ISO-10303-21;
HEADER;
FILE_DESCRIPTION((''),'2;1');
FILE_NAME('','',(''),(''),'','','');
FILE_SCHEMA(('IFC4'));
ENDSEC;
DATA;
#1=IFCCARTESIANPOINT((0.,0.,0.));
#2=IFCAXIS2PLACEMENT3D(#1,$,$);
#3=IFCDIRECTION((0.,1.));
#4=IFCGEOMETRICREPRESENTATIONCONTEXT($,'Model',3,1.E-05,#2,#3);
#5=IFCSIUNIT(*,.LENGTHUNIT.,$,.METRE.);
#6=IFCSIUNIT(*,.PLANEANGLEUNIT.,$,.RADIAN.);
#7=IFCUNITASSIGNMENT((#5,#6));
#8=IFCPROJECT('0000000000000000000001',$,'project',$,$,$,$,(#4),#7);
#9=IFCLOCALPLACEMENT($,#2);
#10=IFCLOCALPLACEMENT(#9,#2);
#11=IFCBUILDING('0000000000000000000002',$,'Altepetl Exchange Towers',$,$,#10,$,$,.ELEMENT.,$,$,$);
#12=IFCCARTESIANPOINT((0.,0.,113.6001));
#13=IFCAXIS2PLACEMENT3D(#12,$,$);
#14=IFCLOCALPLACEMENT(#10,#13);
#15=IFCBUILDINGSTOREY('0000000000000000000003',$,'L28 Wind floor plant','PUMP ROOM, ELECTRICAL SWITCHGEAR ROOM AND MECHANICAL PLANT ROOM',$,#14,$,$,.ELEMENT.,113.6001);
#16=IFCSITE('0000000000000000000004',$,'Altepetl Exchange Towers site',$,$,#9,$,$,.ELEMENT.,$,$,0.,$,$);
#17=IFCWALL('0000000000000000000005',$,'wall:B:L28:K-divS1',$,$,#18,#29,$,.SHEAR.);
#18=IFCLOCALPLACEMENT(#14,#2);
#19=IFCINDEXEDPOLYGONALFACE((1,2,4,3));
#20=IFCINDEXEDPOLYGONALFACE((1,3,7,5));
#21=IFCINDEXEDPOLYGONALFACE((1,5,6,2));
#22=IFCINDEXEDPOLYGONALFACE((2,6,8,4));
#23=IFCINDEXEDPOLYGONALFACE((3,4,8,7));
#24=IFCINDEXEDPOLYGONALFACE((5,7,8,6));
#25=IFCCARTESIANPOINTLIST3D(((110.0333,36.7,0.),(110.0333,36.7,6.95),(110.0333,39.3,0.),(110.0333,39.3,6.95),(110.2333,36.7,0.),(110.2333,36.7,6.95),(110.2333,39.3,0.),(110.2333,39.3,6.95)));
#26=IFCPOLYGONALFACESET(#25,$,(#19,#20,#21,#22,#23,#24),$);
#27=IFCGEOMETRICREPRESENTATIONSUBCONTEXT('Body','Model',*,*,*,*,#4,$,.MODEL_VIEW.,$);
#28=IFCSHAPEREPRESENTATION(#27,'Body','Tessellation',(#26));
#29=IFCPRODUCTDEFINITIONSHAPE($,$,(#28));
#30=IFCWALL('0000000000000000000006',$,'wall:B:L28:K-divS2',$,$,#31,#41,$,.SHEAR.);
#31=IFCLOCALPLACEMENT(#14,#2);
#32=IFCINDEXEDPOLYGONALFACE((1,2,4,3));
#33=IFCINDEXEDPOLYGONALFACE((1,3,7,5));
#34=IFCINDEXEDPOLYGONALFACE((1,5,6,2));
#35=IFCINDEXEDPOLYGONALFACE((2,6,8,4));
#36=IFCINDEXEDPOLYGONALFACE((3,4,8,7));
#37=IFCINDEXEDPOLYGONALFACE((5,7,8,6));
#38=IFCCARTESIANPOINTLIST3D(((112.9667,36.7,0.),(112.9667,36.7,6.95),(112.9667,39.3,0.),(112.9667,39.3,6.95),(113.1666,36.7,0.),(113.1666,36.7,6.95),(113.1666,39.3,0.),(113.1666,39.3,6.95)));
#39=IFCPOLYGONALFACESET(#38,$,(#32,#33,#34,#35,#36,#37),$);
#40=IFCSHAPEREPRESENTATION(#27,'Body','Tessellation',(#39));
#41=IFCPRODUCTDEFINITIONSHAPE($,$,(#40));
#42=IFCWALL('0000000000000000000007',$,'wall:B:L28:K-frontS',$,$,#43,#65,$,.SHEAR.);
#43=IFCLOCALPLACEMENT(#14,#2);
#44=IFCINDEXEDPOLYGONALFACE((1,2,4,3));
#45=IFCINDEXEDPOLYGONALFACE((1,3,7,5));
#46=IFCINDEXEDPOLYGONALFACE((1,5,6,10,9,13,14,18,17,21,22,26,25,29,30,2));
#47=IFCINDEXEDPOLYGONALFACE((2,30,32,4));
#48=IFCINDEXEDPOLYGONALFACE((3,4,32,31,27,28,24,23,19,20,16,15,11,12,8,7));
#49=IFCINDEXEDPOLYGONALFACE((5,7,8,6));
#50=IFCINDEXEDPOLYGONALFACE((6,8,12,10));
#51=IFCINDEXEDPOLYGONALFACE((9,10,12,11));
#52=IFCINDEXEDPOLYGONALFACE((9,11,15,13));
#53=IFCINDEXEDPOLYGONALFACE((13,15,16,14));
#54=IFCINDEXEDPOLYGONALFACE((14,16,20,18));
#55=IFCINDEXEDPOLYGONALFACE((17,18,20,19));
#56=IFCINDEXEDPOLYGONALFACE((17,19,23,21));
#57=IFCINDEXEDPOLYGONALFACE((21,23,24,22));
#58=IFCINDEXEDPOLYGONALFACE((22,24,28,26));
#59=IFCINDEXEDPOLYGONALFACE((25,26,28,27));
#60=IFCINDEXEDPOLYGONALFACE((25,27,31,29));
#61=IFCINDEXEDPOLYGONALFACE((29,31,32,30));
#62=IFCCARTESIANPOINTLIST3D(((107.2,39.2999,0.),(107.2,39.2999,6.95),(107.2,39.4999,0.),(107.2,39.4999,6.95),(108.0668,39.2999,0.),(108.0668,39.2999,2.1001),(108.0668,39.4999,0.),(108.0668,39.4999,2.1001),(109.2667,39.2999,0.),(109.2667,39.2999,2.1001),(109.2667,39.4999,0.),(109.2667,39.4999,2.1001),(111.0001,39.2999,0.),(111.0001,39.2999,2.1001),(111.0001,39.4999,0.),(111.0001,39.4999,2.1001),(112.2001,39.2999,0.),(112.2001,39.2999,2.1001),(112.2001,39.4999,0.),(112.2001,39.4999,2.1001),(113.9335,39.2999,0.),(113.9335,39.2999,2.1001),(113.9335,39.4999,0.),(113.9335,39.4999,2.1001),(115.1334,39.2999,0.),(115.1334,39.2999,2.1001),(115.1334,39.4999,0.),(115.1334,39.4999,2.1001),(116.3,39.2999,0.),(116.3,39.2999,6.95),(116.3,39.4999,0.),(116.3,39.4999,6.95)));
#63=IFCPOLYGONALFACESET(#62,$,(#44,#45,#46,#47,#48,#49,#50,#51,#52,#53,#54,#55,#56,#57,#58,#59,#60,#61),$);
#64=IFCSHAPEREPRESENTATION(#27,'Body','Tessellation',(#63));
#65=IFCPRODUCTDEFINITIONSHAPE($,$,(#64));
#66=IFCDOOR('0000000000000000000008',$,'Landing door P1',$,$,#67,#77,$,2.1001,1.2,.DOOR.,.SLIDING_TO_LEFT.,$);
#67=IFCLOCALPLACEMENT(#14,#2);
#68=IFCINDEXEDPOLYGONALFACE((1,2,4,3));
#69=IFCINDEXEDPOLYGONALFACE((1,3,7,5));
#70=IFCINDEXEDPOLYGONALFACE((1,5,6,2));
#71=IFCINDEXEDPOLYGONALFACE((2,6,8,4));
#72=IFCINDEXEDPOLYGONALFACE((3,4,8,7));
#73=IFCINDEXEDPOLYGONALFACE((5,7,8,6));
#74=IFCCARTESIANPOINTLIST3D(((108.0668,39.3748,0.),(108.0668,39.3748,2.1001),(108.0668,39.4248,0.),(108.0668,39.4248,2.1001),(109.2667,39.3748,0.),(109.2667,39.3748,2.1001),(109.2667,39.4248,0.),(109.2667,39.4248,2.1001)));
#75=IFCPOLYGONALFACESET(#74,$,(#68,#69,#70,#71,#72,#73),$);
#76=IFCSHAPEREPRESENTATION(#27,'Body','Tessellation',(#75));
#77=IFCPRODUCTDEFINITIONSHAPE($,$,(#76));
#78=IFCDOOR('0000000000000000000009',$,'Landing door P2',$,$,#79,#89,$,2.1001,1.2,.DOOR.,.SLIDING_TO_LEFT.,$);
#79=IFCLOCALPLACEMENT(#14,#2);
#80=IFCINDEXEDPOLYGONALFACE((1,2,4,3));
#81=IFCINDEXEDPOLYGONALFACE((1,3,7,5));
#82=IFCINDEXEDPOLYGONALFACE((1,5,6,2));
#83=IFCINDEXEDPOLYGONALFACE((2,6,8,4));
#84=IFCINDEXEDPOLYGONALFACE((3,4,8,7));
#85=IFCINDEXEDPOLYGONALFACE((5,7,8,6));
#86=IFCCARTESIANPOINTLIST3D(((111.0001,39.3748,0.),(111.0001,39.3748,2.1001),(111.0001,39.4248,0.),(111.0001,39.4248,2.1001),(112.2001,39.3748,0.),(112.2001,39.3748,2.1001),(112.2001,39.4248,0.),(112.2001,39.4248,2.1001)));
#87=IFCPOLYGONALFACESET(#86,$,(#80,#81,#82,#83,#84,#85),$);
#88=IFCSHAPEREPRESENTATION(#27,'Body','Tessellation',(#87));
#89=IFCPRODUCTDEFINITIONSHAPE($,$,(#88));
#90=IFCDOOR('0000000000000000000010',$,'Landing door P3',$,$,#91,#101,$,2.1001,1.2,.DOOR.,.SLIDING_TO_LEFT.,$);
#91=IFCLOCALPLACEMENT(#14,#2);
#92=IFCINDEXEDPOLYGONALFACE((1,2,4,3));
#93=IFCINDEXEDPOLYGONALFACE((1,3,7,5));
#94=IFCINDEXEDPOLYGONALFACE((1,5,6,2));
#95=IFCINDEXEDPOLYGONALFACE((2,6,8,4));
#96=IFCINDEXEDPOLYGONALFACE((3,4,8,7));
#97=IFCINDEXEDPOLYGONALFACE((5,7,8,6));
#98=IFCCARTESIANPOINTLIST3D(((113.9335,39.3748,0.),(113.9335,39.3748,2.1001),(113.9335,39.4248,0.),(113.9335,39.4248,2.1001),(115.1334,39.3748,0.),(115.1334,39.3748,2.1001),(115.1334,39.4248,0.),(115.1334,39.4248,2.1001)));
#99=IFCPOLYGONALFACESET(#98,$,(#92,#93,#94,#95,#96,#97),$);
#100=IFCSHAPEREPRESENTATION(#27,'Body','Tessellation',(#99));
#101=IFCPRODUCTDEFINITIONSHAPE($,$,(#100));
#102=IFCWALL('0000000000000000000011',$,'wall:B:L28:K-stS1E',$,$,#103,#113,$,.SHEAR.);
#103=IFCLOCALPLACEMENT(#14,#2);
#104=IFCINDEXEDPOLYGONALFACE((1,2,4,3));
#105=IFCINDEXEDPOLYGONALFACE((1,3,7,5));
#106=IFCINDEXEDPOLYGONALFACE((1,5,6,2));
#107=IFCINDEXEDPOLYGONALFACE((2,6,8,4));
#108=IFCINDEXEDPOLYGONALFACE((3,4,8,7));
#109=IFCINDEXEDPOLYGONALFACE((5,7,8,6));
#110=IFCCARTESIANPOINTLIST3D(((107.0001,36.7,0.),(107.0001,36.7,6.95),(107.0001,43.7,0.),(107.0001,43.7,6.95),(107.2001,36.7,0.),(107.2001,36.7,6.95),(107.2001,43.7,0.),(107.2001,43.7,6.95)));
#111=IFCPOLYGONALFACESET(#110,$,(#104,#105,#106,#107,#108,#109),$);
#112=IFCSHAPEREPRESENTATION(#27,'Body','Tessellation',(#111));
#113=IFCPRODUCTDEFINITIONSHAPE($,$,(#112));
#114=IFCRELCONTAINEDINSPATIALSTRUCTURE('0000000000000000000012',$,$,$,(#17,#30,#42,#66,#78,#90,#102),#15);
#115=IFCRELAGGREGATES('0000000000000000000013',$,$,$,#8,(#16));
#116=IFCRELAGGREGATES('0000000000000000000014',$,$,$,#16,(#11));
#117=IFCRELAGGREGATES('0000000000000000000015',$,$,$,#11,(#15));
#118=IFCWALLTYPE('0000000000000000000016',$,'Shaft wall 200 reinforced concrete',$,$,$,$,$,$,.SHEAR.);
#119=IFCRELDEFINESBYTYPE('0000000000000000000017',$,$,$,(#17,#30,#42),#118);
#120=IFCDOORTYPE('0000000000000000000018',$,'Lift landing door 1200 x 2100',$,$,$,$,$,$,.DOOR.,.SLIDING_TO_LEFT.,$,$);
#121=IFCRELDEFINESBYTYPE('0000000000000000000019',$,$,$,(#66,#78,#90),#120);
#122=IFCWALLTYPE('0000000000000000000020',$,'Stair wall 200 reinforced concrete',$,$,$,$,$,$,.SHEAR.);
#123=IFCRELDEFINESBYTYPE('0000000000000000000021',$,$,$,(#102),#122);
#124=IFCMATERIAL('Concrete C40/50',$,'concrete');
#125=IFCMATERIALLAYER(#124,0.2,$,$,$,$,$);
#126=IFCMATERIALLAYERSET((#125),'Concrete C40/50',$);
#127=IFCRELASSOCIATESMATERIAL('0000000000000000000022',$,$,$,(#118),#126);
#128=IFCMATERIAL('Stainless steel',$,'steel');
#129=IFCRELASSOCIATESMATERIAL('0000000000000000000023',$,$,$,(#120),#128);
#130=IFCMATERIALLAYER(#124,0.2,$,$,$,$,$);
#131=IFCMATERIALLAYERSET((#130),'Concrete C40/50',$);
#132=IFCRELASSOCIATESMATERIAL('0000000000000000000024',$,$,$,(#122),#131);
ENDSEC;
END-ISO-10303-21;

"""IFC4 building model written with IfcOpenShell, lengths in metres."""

from ifc_helpers import new_model, si_unit, direction, frame, frame_2d, origin, place, context, subcontext, project, spatial, rectangle, extrude, material, layer, layer_set, type_object, element, fill, save


model = new_model("IFC4")

# Units and contexts
model_context = context("Model", 3, precision=1e-05, world=origin(), true_north=direction((0.0, 1.0)))
body_context = subcontext(model_context, "Body", "Model", "MODEL_VIEW")
ifc_project = project(units=[si_unit("LENGTHUNIT", "METRE"), si_unit("PLANEANGLEUNIT", "RADIAN")], contexts=[model_context])

# Site, building, storey
site_placement = place(None, origin())
site = spatial("IfcSite", under=ifc_project, at=site_placement, Name="Altepetl Exchange Towers site", CompositionType="ELEMENT", RefElevation=0.0)
building_placement = place(site_placement, origin())
building = spatial("IfcBuilding", under=site, at=building_placement, Name="Altepetl Exchange Towers", CompositionType="ELEMENT")
storey_placement = place(building_placement, frame((0.0, 0.0, 113.6001)))
storey = spatial("IfcBuildingStorey", under=building, at=storey_placement, Name="L28 Wind floor plant", Description="PUMP ROOM, ELECTRICAL SWITCHGEAR ROOM AND MECHANICAL PLANT ROOM", CompositionType="ELEMENT", Elevation=113.6001)

# Walls
ifc_material_1 = material(Name="Concrete C40/50", Category="concrete")
ifc_layer_1 = layer(ifc_material_1, 0.2)
ifc_layer_set_1 = layer_set([ifc_layer_1], Name="Concrete C40/50")
wall_type_1 = type_object("IfcWallType", Name="Shaft wall 200 reinforced concrete", PredefinedType="SHEAR", material=ifc_layer_set_1)
for number, where, z_axis, x_axis, name in (
    (1, (110.1333, 36.7, 0.0), (0.0, 0.0, 1.0), (0.0, 1.0, 0.0), "wall:B:L28:K-divS1"),
    (2, (113.0667, 36.7, 0.0), (0.0, 0.0, 1.0), (0.0, 1.0, 0.0), "wall:B:L28:K-divS2"),
):
    element("IfcWall", number, at=place(storey_placement, frame(where, z_axis=z_axis, x_axis=x_axis)), inside=storey, type_object=wall_type_1, Name=name, PredefinedType="SHEAR", context=body_context, shape_type="SweptSolid", body=[
        extrude(rectangle(XDim=2.6001, YDim=0.2, at=frame_2d((1.3, 0.0))), origin(), (0.0, 0.0, 1.0), 6.95),
    ])

# Wall, openings, doors
wall_1_placement = place(storey_placement, frame((107.2, 39.3999, 0.0)))
wall_1 = element("IfcWall", 3, at=wall_1_placement, inside=storey, type_object=wall_type_1, Name="wall:B:L28:K-frontS", PredefinedType="SHEAR", context=body_context, shape_type="SweptSolid", body=[
    extrude(rectangle(XDim=9.1001, YDim=0.2, at=frame_2d((4.55, 0.0))), origin(), (0.0, 0.0, 1.0), 6.95),
])
opening_1_placement = place(wall_1_placement, frame((0.8667, 0.0, 0.0)))
opening_1 = element("IfcOpeningElement", 4, at=opening_1_placement, cuts=wall_1, PredefinedType="OPENING", context=body_context, shape_type="SweptSolid", body=[
    extrude(rectangle(XDim=1.2, YDim=2.1001, at=frame_2d((0.6001, 1.05))), frame((0.0, 0.1099, 0.0), z_axis=(0.0, -1.0, 0.0), x_axis=(1.0, 0.0, 0.0)), (0.0, 0.0, 1.0), 0.22),
])
opening_2_placement = place(wall_1_placement, frame((3.8, 0.0, 0.0)))
opening_2 = element("IfcOpeningElement", 5, at=opening_2_placement, cuts=wall_1, PredefinedType="OPENING", context=body_context, shape_type="SweptSolid", body=[
    extrude(rectangle(XDim=1.2, YDim=2.1001, at=frame_2d((0.6001, 1.05))), frame((0.0, 0.1099, 0.0), z_axis=(0.0, -1.0, 0.0), x_axis=(1.0, 0.0, 0.0)), (0.0, 0.0, 1.0), 0.22),
])
opening_3_placement = place(wall_1_placement, frame((6.7334, 0.0, 0.0)))
opening_3 = element("IfcOpeningElement", 6, at=opening_3_placement, cuts=wall_1, PredefinedType="OPENING", context=body_context, shape_type="SweptSolid", body=[
    extrude(rectangle(XDim=1.2, YDim=2.1001, at=frame_2d((0.6001, 1.05))), frame((0.0, 0.1099, 0.0), z_axis=(0.0, -1.0, 0.0), x_axis=(1.0, 0.0, 0.0)), (0.0, 0.0, 1.0), 0.22),
])
ifc_material_2 = material(Name="Stainless steel", Category="steel")
door_type_1 = type_object("IfcDoorType", Name="Lift landing door 1200 x 2100", OperationType="SLIDING_TO_LEFT", PredefinedType="DOOR", material=ifc_material_2)
door_1_placement = place(opening_1_placement, origin())
door_1 = element("IfcDoor", 7, at=door_1_placement, inside=storey, type_object=door_type_1, Name="Landing door P1", OperationType="SLIDING_TO_LEFT", OverallHeight=2.1001, OverallWidth=1.2, PredefinedType="DOOR", context=body_context, shape_type="SweptSolid", body=[
    extrude(rectangle(XDim=1.2, YDim=2.1001, at=frame_2d((0.6001, 1.05))), frame((0.0, 0.0249, 0.0), z_axis=(0.0, -1.0, 0.0), x_axis=(1.0, 0.0, 0.0)), (0.0, 0.0, 1.0), 0.05),
])
fill(opening_1, door_1)
door_2_placement = place(opening_2_placement, origin())
door_2 = element("IfcDoor", 8, at=door_2_placement, inside=storey, type_object=door_type_1, Name="Landing door P2", OperationType="SLIDING_TO_LEFT", OverallHeight=2.1001, OverallWidth=1.2, PredefinedType="DOOR", context=body_context, shape_type="SweptSolid", body=[
    extrude(rectangle(XDim=1.2, YDim=2.1001, at=frame_2d((0.6001, 1.05))), frame((0.0, 0.0249, 0.0), z_axis=(0.0, -1.0, 0.0), x_axis=(1.0, 0.0, 0.0)), (0.0, 0.0, 1.0), 0.05),
])
fill(opening_2, door_2)
door_3_placement = place(opening_3_placement, origin())
door_3 = element("IfcDoor", 9, at=door_3_placement, inside=storey, type_object=door_type_1, Name="Landing door P3", OperationType="SLIDING_TO_LEFT", OverallHeight=2.1001, OverallWidth=1.2, PredefinedType="DOOR", context=body_context, shape_type="SweptSolid", body=[
    extrude(rectangle(XDim=1.2, YDim=2.1001, at=frame_2d((0.6001, 1.05))), frame((0.0, 0.0249, 0.0), z_axis=(0.0, -1.0, 0.0), x_axis=(1.0, 0.0, 0.0)), (0.0, 0.0, 1.0), 0.05),
])
fill(opening_3, door_3)

# Wall
ifc_layer_2 = layer(ifc_material_1, 0.2)
ifc_layer_set_2 = layer_set([ifc_layer_2], Name="Concrete C40/50")
wall_type_2 = type_object("IfcWallType", Name="Stair wall 200 reinforced concrete", PredefinedType="SHEAR", material=ifc_layer_set_2)
wall_2_placement = place(storey_placement, frame((107.1001, 36.7, 0.0), z_axis=(0.0, 0.0, 1.0), x_axis=(0.0, 1.0, 0.0)))
element("IfcWall", 10, at=wall_2_placement, inside=storey, type_object=wall_type_2, Name="wall:B:L28:K-stS1E", PredefinedType="SHEAR", context=body_context, shape_type="SweptSolid", body=[
    extrude(rectangle(XDim=7.0, YDim=0.2, at=frame_2d((3.5, 0.0))), origin(), (0.0, 0.0, 1.0), 6.95),
])

save(model, "model.ifc")
